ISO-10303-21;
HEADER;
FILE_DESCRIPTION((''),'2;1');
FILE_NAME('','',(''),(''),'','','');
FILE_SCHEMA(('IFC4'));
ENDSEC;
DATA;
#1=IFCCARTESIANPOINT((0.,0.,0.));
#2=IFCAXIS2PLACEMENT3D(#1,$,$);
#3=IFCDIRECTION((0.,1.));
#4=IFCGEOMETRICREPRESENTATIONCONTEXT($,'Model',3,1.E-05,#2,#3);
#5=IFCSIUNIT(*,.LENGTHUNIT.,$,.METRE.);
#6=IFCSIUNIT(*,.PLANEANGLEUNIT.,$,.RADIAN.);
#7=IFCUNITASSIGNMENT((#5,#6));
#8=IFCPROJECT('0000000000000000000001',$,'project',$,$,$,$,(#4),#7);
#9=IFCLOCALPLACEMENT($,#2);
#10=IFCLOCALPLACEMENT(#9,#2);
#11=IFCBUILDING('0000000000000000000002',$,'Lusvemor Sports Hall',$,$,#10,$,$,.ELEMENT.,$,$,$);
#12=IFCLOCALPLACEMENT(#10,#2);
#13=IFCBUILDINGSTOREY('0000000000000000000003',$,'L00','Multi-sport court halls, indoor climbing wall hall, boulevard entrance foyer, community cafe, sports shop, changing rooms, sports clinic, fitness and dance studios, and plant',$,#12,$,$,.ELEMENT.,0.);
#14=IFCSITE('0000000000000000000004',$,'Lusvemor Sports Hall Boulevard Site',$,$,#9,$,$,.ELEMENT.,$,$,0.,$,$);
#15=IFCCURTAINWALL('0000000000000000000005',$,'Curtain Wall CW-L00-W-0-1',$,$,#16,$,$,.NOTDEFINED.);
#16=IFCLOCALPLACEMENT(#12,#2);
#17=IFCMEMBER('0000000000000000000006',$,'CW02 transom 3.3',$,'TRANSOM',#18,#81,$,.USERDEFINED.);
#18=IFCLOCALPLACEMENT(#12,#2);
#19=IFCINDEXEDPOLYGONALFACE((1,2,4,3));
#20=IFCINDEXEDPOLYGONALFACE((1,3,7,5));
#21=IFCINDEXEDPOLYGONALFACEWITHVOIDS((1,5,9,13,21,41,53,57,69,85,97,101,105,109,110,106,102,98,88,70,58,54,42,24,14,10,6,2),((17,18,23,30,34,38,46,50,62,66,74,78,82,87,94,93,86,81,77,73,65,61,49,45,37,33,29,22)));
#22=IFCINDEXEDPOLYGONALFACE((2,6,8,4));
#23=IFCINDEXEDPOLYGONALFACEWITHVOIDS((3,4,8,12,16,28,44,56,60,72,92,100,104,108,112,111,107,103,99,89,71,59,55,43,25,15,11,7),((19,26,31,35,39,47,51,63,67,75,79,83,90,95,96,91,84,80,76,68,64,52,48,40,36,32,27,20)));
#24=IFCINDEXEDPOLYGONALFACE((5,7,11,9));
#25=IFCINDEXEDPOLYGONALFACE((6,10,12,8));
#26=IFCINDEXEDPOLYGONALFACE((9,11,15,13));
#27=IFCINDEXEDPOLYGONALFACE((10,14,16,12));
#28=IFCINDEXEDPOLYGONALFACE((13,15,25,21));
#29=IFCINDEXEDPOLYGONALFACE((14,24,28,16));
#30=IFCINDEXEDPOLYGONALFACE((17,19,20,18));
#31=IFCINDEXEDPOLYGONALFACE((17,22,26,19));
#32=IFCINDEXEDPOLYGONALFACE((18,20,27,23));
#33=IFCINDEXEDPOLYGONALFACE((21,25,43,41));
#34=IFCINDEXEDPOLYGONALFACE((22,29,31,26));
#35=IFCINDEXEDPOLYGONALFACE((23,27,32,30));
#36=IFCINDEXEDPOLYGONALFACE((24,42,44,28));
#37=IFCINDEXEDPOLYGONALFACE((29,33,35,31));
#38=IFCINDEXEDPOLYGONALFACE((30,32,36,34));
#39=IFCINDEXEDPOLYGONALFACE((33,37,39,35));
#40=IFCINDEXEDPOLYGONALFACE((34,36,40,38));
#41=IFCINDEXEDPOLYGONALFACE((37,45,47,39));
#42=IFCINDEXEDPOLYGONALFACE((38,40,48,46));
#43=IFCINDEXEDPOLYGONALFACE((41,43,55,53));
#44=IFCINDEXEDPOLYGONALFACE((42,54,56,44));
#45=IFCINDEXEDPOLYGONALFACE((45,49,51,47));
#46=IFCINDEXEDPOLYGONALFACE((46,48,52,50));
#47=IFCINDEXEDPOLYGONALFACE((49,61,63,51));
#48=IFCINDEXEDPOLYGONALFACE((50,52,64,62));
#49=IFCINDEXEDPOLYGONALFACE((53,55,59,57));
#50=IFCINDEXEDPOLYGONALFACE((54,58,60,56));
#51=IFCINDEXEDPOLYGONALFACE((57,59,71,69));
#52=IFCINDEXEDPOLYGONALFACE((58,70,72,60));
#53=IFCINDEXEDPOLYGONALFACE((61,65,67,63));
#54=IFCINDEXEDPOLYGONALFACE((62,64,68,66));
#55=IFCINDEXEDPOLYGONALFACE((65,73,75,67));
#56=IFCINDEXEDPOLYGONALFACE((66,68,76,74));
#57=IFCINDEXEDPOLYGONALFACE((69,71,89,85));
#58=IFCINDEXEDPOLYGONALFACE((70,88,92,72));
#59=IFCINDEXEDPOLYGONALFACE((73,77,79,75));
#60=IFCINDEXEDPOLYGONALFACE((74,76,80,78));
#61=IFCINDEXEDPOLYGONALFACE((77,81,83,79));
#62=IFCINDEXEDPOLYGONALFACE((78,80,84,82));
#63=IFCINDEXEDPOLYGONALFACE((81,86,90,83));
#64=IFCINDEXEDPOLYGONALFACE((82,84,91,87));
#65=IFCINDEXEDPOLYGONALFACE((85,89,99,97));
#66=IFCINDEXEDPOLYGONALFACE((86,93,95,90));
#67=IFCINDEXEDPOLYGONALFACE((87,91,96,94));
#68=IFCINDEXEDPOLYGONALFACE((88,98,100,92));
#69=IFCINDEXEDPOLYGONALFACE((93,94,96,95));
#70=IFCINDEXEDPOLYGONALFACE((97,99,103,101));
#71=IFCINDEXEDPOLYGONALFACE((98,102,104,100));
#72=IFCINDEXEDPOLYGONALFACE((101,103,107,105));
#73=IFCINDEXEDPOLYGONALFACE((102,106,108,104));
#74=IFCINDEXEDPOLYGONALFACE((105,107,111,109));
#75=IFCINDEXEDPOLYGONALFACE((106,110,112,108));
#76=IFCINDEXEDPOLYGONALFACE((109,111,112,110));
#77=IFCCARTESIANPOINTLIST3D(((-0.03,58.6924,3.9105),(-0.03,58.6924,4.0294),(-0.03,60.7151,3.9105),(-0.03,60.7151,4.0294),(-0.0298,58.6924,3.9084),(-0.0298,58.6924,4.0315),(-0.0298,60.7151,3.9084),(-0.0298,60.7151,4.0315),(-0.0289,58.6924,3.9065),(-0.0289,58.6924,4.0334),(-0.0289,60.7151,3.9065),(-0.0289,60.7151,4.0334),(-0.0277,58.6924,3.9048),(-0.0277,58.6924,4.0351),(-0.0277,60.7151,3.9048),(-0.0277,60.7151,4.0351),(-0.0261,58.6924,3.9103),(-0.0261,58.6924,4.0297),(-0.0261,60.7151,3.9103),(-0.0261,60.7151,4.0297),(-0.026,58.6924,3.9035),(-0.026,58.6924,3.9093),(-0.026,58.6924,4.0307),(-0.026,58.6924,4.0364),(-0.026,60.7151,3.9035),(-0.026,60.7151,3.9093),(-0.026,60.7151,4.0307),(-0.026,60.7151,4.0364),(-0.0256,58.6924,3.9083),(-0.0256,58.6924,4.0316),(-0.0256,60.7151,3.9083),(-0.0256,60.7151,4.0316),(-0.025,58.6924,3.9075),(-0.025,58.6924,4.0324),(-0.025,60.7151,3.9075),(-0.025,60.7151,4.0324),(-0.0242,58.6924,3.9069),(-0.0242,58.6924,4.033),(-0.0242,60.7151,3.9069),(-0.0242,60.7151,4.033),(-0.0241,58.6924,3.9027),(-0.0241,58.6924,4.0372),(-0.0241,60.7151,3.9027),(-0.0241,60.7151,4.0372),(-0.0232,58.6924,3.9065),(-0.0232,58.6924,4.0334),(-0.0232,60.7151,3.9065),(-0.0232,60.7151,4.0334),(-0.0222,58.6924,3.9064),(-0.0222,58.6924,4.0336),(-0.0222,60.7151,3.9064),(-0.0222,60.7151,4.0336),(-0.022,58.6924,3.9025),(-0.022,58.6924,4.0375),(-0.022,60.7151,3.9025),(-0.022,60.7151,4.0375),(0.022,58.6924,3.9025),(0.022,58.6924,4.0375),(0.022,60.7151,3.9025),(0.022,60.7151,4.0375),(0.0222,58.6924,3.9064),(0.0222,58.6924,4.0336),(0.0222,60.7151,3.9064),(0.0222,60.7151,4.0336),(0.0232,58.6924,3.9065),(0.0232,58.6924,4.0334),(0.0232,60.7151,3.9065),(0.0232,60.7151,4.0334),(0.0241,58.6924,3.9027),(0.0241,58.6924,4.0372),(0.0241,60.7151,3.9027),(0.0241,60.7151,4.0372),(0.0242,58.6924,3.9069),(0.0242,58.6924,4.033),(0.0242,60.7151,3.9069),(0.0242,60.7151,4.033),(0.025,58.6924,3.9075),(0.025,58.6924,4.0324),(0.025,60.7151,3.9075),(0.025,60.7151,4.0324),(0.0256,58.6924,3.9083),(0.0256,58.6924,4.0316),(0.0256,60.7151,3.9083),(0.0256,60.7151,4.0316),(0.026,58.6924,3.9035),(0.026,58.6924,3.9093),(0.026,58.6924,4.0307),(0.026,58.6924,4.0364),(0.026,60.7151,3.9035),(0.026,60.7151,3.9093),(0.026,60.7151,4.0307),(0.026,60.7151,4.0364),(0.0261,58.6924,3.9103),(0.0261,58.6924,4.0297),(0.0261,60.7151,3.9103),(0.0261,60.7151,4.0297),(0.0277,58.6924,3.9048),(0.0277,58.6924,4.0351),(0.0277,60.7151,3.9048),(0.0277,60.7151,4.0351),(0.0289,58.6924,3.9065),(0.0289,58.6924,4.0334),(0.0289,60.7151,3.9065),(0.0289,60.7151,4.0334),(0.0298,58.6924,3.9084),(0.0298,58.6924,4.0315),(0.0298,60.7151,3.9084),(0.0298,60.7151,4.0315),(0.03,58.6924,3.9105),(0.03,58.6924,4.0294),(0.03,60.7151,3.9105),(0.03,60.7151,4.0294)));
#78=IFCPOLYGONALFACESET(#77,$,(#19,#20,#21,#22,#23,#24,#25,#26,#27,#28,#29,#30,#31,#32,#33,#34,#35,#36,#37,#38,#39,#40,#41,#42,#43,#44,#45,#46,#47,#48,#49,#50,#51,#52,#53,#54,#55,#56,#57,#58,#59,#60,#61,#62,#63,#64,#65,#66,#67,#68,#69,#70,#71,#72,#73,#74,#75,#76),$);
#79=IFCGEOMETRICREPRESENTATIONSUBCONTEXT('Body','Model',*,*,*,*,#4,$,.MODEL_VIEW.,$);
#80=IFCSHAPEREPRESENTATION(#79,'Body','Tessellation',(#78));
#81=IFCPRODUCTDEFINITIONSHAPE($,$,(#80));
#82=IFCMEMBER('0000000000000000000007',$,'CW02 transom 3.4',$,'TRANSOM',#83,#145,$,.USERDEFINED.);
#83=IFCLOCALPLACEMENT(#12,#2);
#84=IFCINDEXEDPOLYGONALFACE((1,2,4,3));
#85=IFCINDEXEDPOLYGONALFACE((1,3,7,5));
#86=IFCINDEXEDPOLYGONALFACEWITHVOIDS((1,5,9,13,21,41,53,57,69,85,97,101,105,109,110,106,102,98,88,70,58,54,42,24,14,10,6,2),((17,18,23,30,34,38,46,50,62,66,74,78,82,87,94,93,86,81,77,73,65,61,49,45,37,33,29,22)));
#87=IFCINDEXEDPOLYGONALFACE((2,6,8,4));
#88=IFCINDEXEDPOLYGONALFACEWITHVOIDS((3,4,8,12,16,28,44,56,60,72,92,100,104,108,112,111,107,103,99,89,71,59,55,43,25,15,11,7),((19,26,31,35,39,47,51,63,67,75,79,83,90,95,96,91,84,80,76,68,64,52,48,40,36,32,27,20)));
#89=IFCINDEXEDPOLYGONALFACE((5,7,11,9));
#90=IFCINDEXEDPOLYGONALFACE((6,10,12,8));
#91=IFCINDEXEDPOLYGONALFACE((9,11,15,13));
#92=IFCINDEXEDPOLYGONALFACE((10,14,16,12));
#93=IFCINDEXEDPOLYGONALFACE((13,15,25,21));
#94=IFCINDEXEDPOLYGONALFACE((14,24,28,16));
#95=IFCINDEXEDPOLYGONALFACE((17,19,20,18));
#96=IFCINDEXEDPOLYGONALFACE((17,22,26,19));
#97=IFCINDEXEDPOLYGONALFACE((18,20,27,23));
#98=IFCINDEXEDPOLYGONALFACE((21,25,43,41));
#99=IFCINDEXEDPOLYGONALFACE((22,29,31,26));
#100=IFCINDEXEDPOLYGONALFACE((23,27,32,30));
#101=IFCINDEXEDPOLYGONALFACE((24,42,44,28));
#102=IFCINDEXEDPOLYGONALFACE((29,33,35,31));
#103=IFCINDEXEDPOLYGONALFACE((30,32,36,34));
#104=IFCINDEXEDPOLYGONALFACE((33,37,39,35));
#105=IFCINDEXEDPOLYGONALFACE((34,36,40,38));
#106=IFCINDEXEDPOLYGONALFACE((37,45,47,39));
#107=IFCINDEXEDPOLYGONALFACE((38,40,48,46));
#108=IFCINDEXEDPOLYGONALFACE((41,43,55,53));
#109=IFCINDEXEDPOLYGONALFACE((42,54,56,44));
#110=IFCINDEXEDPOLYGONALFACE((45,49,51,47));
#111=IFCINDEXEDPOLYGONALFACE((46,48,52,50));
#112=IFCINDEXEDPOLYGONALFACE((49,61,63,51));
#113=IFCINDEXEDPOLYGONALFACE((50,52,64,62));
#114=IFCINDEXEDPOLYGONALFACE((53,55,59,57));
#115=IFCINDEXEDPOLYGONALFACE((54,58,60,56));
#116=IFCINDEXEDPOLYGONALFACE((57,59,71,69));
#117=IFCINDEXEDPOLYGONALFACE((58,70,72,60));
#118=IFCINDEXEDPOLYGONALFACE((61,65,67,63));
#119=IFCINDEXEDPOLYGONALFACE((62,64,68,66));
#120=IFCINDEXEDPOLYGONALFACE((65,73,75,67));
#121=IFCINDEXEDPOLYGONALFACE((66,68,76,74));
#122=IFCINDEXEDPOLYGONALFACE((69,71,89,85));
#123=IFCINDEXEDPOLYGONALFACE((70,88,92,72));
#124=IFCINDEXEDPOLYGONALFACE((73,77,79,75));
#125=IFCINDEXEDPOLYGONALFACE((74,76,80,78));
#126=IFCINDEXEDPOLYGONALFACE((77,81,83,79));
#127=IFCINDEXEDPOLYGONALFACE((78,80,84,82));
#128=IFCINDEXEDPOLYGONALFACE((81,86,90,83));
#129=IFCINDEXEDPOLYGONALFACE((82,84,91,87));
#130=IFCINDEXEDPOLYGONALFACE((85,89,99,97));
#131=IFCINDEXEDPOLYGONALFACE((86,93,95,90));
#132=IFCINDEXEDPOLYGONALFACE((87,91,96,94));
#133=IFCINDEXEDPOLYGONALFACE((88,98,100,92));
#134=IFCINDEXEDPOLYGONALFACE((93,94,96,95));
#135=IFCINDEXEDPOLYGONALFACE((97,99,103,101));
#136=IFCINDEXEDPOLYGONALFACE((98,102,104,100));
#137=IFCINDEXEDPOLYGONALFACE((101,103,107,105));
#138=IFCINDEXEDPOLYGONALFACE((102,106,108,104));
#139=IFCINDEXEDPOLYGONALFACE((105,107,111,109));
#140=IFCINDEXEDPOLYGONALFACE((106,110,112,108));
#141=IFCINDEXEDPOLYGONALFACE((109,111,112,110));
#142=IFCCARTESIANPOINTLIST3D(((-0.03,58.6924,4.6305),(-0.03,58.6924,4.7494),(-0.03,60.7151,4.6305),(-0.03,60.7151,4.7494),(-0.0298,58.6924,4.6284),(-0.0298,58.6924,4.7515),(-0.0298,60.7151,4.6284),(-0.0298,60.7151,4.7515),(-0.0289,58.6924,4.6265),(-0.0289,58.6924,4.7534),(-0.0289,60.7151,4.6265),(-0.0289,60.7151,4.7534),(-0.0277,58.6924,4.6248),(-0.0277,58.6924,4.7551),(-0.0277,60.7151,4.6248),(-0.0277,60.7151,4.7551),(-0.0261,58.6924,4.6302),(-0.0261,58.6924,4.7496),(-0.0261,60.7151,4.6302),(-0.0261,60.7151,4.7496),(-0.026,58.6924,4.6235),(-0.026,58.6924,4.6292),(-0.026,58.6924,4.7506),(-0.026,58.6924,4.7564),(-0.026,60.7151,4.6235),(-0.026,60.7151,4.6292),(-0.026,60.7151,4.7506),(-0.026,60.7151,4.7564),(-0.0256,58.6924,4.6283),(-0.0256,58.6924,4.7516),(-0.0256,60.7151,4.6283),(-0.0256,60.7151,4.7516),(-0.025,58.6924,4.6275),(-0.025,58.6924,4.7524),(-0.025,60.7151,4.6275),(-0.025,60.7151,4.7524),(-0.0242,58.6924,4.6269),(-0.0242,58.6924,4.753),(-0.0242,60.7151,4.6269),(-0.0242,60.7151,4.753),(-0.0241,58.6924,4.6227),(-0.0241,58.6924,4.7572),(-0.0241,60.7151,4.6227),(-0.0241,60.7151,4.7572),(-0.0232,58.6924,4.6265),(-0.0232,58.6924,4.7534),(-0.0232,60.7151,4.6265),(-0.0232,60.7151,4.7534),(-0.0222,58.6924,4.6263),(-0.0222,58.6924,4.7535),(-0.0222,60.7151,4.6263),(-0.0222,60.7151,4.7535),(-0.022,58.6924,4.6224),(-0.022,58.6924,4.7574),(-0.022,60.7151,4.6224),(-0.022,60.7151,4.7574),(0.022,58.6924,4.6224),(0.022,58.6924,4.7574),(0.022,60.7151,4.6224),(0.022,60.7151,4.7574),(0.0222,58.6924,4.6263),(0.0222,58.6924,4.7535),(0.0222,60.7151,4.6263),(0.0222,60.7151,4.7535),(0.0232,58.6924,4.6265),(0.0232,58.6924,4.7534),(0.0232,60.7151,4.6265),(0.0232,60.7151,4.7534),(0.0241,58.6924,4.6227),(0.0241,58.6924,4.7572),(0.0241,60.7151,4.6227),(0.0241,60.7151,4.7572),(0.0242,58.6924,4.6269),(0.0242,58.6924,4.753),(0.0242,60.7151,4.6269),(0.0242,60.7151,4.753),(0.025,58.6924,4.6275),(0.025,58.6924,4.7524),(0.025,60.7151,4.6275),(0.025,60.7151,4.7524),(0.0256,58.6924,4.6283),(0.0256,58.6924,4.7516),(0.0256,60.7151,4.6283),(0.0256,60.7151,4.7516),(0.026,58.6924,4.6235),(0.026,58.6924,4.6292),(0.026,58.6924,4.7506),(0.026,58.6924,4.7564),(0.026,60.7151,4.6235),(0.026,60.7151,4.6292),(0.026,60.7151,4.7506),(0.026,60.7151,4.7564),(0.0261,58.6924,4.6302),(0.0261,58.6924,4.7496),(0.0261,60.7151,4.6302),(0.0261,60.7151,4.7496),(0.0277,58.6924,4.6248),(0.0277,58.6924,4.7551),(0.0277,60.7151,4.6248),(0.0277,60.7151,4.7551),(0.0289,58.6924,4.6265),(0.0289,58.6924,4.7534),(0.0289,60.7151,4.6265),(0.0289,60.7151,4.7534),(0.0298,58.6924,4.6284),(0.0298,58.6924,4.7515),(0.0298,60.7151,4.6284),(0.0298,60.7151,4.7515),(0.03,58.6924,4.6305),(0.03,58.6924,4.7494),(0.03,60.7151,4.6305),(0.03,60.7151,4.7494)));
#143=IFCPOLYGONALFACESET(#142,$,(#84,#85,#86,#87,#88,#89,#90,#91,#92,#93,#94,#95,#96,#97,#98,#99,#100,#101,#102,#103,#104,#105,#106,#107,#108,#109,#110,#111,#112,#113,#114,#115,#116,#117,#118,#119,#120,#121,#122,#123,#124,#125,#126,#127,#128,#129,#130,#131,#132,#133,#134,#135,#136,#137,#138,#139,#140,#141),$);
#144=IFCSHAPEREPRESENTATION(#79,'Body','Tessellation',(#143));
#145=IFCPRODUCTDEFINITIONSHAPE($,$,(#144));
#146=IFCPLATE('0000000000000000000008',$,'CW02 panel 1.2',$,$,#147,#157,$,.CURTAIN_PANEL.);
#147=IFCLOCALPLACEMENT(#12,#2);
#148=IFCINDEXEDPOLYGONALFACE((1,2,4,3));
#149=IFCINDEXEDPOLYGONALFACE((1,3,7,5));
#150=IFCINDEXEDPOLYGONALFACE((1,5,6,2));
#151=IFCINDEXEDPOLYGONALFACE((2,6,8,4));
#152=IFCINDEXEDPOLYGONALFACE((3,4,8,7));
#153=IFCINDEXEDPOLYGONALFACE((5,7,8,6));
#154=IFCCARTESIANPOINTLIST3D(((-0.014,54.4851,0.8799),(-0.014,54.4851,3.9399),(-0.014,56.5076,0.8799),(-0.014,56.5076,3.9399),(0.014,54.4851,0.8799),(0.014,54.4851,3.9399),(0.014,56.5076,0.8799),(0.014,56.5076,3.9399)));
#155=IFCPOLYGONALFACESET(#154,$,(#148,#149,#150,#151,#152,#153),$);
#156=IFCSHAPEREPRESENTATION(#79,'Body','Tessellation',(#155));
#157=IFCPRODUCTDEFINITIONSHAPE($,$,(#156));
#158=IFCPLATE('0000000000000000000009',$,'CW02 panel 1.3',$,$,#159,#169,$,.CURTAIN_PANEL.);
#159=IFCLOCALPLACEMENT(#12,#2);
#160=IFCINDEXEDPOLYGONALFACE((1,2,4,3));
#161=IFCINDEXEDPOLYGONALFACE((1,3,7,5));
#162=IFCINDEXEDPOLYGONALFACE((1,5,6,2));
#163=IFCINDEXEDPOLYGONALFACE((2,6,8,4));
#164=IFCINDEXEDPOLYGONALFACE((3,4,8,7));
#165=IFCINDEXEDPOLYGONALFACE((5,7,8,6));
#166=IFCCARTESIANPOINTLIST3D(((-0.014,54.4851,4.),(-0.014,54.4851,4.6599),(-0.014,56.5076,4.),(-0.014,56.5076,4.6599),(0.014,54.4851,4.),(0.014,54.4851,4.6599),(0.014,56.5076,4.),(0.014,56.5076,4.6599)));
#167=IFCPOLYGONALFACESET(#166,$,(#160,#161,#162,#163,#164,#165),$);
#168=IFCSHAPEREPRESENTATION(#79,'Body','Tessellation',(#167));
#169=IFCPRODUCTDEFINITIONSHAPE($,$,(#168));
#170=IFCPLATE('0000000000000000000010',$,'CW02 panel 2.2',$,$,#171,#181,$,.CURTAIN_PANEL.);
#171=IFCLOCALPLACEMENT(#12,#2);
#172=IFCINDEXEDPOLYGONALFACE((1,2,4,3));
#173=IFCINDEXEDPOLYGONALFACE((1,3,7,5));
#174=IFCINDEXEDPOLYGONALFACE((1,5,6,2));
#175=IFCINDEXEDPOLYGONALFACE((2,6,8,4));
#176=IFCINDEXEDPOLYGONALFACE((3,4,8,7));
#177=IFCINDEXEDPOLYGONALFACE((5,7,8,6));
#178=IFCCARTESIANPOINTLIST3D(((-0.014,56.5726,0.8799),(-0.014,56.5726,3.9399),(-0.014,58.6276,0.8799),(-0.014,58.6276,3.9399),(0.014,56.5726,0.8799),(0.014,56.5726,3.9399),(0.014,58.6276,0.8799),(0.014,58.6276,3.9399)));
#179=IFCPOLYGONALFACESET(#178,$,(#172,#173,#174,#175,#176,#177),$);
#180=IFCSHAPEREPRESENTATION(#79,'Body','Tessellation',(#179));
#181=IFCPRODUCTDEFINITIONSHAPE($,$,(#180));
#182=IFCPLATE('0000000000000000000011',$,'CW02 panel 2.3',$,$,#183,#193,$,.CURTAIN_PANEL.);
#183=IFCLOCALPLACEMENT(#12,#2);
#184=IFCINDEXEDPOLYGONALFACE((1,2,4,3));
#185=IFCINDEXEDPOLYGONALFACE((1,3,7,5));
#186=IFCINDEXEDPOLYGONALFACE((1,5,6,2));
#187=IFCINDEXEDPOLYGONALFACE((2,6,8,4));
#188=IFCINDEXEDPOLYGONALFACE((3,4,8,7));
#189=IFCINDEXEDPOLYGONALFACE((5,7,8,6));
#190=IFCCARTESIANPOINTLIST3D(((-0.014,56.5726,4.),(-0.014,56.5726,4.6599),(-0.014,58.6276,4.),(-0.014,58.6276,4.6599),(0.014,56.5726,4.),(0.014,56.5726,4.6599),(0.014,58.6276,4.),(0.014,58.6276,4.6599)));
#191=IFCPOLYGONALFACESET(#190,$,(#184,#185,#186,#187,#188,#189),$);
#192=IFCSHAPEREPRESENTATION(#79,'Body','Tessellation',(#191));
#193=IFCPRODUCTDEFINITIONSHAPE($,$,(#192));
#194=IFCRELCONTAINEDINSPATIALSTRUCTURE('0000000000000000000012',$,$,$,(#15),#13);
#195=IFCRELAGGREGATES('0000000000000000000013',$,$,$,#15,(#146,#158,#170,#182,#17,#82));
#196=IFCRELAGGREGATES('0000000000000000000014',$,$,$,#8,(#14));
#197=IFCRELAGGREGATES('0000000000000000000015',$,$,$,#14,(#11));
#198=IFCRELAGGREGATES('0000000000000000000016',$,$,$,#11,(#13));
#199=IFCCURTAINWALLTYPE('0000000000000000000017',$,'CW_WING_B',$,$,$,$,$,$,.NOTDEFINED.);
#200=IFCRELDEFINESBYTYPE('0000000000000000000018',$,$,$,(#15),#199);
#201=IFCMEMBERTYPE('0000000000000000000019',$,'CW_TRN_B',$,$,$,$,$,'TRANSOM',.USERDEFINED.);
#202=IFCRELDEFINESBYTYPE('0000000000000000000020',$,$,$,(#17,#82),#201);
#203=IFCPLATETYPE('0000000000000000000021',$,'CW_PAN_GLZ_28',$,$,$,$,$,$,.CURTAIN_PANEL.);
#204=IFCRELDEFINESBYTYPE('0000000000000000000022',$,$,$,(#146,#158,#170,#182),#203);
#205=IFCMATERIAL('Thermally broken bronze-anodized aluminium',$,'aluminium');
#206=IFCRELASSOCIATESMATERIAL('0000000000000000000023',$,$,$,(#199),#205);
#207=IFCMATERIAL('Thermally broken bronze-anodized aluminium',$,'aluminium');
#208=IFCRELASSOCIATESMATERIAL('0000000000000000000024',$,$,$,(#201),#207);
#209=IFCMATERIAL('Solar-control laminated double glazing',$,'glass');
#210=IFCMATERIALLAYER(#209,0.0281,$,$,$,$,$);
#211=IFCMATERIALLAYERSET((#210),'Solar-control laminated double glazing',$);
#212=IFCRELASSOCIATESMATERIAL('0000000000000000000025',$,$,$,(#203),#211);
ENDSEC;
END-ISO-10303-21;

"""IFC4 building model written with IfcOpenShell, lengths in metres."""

from ifc_helpers import new_model, si_unit, direction, frame, origin, origin_2d, place, context, subcontext, project, spatial, rectangle, hollow_rectangle, extrude, material, layer, layer_set, material_profile, profile_set, type_object, element, aggregate, save


model = new_model("IFC4")

# Units and contexts
model_context = context("Model", 3, precision=1e-05, world=origin(), true_north=direction((0.0, 1.0)))
body_context = subcontext(model_context, "Body", "Model", "MODEL_VIEW")
ifc_project = project(units=[si_unit("LENGTHUNIT", "METRE"), si_unit("PLANEANGLEUNIT", "RADIAN")], contexts=[model_context])

# Site, building, storey
site_placement = place(None, origin())
site = spatial("IfcSite", under=ifc_project, at=site_placement, Name="Lusvemor Sports Hall Boulevard Site", CompositionType="ELEMENT", RefElevation=0.0)
building_placement = place(site_placement, origin())
building = spatial("IfcBuilding", under=site, at=building_placement, Name="Lusvemor Sports Hall", CompositionType="ELEMENT")
storey_placement = place(building_placement, origin())
storey = spatial("IfcBuildingStorey", under=building, at=storey_placement, Name="L00", Description="Multi-sport court halls, indoor climbing wall hall, boulevard entrance foyer, community cafe, sports shop, changing rooms, sports clinic, fitness and dance studios, and plant", CompositionType="ELEMENT", Elevation=0.0)

# Curtain wall, members, plates
ifc_material_1 = material(Name="Thermally broken bronze-anodized aluminium", Category="aluminium")
curtain_wall_type = type_object("IfcCurtainWallType", Name="CW_WING_B", PredefinedType="NOTDEFINED", material=ifc_material_1)
curtain_wall_placement = place(storey_placement, origin())
curtain_wall = element("IfcCurtainWall", 1, at=curtain_wall_placement, inside=storey, type_object=curtain_wall_type, Name="Curtain Wall CW-L00-W-0-1", PredefinedType="NOTDEFINED")
ifc_material_2 = material(Name="Thermally broken bronze-anodized aluminium", Category="aluminium")
ifc_material_profile_1 = material_profile(ifc_material_2, hollow_rectangle(XDim=0.0601, YDim=0.135, WallThickness=0.0039, InnerFilletRadius=0.0039, OuterFilletRadius=0.0081, at=origin_2d()), Name="CWTRN135x60x4")
ifc_profile_set_1 = profile_set([ifc_material_profile_1], Name="Thermally broken bronze-anodized aluminium")
member_type_1 = type_object("IfcMemberType", Name="CW_TRN_B", ElementType="TRANSOM", PredefinedType="USERDEFINED", material=ifc_profile_set_1)
member_1_placement = place(storey_placement, frame((0.0, 58.6924, 3.97), z_axis=(0.0, 1.0, 0.0), x_axis=(-1.0, 0.0, 0.0)))
member_1 = element("IfcMember", 2, at=member_1_placement, type_object=member_type_1, Name="CW02 transom 3.3", ObjectType="TRANSOM", PredefinedType="USERDEFINED", context=body_context, shape_type="SweptSolid", body=[
    extrude(hollow_rectangle(XDim=0.0601, YDim=0.135, WallThickness=0.0039, InnerFilletRadius=0.0039, OuterFilletRadius=0.0081, at=origin_2d()), origin(), (0.0, 0.0, 1.0), 2.0227),
])
member_2_placement = place(storey_placement, frame((0.0, 58.6924, 4.6899), z_axis=(0.0, 1.0, 0.0), x_axis=(-1.0, 0.0, 0.0)))
member_2 = element("IfcMember", 3, at=member_2_placement, type_object=member_type_1, Name="CW02 transom 3.4", ObjectType="TRANSOM", PredefinedType="USERDEFINED", context=body_context, shape_type="SweptSolid", body=[
    extrude(hollow_rectangle(XDim=0.0601, YDim=0.135, WallThickness=0.0039, InnerFilletRadius=0.0039, OuterFilletRadius=0.0081, at=origin_2d()), origin(), (0.0, 0.0, 1.0), 2.0227),
])
ifc_material_3 = material(Name="Solar-control laminated double glazing", Category="glass")
ifc_layer_1 = layer(ifc_material_3, 0.0281)
ifc_layer_set_1 = layer_set([ifc_layer_1], Name="Solar-control laminated double glazing")
plate_type_1 = type_object("IfcPlateType", Name="CW_PAN_GLZ_28", PredefinedType="CURTAIN_PANEL", material=ifc_layer_set_1)
plate_1_placement = place(storey_placement, frame((0.0, 55.4963, 0.8799), z_axis=(0.0, 0.0, 1.0), x_axis=(0.0, 1.0, 0.0)))
plate_1 = element("IfcPlate", 4, at=plate_1_placement, type_object=plate_type_1, Name="CW02 panel 1.2", PredefinedType="CURTAIN_PANEL", context=body_context, shape_type="SweptSolid", body=[
    extrude(rectangle(XDim=2.0225, YDim=0.0281, at=origin_2d()), origin(), (0.0, 0.0, 1.0), 3.0601),
])
plate_2_placement = place(storey_placement, frame((0.0, 55.4963, 4.0), z_axis=(0.0, 0.0, 1.0), x_axis=(0.0, 1.0, 0.0)))
plate_2 = element("IfcPlate", 5, at=plate_2_placement, type_object=plate_type_1, Name="CW02 panel 1.3", PredefinedType="CURTAIN_PANEL", context=body_context, shape_type="SweptSolid", body=[
    extrude(rectangle(XDim=2.0225, YDim=0.0281, at=origin_2d()), origin(), (0.0, 0.0, 1.0), 0.6599),
])
plate_3_placement = place(storey_placement, frame((0.0, 57.6001, 0.8799), z_axis=(0.0, 0.0, 1.0), x_axis=(0.0, 1.0, 0.0)))
plate_3 = element("IfcPlate", 6, at=plate_3_placement, type_object=plate_type_1, Name="CW02 panel 2.2", PredefinedType="CURTAIN_PANEL", context=body_context, shape_type="SweptSolid", body=[
    extrude(rectangle(XDim=2.0549, YDim=0.0281, at=origin_2d()), origin(), (0.0, 0.0, 1.0), 3.0601),
])
plate_4_placement = place(storey_placement, frame((0.0, 57.6001, 4.0), z_axis=(0.0, 0.0, 1.0), x_axis=(0.0, 1.0, 0.0)))
plate_4 = element("IfcPlate", 7, at=plate_4_placement, type_object=plate_type_1, Name="CW02 panel 2.3", PredefinedType="CURTAIN_PANEL", context=body_context, shape_type="SweptSolid", body=[
    extrude(rectangle(XDim=2.0549, YDim=0.0281, at=origin_2d()), origin(), (0.0, 0.0, 1.0), 0.6599),
])
aggregate(curtain_wall, [plate_1, plate_2, plate_3, plate_4, member_1, member_2])

save(model, "model.ifc")
